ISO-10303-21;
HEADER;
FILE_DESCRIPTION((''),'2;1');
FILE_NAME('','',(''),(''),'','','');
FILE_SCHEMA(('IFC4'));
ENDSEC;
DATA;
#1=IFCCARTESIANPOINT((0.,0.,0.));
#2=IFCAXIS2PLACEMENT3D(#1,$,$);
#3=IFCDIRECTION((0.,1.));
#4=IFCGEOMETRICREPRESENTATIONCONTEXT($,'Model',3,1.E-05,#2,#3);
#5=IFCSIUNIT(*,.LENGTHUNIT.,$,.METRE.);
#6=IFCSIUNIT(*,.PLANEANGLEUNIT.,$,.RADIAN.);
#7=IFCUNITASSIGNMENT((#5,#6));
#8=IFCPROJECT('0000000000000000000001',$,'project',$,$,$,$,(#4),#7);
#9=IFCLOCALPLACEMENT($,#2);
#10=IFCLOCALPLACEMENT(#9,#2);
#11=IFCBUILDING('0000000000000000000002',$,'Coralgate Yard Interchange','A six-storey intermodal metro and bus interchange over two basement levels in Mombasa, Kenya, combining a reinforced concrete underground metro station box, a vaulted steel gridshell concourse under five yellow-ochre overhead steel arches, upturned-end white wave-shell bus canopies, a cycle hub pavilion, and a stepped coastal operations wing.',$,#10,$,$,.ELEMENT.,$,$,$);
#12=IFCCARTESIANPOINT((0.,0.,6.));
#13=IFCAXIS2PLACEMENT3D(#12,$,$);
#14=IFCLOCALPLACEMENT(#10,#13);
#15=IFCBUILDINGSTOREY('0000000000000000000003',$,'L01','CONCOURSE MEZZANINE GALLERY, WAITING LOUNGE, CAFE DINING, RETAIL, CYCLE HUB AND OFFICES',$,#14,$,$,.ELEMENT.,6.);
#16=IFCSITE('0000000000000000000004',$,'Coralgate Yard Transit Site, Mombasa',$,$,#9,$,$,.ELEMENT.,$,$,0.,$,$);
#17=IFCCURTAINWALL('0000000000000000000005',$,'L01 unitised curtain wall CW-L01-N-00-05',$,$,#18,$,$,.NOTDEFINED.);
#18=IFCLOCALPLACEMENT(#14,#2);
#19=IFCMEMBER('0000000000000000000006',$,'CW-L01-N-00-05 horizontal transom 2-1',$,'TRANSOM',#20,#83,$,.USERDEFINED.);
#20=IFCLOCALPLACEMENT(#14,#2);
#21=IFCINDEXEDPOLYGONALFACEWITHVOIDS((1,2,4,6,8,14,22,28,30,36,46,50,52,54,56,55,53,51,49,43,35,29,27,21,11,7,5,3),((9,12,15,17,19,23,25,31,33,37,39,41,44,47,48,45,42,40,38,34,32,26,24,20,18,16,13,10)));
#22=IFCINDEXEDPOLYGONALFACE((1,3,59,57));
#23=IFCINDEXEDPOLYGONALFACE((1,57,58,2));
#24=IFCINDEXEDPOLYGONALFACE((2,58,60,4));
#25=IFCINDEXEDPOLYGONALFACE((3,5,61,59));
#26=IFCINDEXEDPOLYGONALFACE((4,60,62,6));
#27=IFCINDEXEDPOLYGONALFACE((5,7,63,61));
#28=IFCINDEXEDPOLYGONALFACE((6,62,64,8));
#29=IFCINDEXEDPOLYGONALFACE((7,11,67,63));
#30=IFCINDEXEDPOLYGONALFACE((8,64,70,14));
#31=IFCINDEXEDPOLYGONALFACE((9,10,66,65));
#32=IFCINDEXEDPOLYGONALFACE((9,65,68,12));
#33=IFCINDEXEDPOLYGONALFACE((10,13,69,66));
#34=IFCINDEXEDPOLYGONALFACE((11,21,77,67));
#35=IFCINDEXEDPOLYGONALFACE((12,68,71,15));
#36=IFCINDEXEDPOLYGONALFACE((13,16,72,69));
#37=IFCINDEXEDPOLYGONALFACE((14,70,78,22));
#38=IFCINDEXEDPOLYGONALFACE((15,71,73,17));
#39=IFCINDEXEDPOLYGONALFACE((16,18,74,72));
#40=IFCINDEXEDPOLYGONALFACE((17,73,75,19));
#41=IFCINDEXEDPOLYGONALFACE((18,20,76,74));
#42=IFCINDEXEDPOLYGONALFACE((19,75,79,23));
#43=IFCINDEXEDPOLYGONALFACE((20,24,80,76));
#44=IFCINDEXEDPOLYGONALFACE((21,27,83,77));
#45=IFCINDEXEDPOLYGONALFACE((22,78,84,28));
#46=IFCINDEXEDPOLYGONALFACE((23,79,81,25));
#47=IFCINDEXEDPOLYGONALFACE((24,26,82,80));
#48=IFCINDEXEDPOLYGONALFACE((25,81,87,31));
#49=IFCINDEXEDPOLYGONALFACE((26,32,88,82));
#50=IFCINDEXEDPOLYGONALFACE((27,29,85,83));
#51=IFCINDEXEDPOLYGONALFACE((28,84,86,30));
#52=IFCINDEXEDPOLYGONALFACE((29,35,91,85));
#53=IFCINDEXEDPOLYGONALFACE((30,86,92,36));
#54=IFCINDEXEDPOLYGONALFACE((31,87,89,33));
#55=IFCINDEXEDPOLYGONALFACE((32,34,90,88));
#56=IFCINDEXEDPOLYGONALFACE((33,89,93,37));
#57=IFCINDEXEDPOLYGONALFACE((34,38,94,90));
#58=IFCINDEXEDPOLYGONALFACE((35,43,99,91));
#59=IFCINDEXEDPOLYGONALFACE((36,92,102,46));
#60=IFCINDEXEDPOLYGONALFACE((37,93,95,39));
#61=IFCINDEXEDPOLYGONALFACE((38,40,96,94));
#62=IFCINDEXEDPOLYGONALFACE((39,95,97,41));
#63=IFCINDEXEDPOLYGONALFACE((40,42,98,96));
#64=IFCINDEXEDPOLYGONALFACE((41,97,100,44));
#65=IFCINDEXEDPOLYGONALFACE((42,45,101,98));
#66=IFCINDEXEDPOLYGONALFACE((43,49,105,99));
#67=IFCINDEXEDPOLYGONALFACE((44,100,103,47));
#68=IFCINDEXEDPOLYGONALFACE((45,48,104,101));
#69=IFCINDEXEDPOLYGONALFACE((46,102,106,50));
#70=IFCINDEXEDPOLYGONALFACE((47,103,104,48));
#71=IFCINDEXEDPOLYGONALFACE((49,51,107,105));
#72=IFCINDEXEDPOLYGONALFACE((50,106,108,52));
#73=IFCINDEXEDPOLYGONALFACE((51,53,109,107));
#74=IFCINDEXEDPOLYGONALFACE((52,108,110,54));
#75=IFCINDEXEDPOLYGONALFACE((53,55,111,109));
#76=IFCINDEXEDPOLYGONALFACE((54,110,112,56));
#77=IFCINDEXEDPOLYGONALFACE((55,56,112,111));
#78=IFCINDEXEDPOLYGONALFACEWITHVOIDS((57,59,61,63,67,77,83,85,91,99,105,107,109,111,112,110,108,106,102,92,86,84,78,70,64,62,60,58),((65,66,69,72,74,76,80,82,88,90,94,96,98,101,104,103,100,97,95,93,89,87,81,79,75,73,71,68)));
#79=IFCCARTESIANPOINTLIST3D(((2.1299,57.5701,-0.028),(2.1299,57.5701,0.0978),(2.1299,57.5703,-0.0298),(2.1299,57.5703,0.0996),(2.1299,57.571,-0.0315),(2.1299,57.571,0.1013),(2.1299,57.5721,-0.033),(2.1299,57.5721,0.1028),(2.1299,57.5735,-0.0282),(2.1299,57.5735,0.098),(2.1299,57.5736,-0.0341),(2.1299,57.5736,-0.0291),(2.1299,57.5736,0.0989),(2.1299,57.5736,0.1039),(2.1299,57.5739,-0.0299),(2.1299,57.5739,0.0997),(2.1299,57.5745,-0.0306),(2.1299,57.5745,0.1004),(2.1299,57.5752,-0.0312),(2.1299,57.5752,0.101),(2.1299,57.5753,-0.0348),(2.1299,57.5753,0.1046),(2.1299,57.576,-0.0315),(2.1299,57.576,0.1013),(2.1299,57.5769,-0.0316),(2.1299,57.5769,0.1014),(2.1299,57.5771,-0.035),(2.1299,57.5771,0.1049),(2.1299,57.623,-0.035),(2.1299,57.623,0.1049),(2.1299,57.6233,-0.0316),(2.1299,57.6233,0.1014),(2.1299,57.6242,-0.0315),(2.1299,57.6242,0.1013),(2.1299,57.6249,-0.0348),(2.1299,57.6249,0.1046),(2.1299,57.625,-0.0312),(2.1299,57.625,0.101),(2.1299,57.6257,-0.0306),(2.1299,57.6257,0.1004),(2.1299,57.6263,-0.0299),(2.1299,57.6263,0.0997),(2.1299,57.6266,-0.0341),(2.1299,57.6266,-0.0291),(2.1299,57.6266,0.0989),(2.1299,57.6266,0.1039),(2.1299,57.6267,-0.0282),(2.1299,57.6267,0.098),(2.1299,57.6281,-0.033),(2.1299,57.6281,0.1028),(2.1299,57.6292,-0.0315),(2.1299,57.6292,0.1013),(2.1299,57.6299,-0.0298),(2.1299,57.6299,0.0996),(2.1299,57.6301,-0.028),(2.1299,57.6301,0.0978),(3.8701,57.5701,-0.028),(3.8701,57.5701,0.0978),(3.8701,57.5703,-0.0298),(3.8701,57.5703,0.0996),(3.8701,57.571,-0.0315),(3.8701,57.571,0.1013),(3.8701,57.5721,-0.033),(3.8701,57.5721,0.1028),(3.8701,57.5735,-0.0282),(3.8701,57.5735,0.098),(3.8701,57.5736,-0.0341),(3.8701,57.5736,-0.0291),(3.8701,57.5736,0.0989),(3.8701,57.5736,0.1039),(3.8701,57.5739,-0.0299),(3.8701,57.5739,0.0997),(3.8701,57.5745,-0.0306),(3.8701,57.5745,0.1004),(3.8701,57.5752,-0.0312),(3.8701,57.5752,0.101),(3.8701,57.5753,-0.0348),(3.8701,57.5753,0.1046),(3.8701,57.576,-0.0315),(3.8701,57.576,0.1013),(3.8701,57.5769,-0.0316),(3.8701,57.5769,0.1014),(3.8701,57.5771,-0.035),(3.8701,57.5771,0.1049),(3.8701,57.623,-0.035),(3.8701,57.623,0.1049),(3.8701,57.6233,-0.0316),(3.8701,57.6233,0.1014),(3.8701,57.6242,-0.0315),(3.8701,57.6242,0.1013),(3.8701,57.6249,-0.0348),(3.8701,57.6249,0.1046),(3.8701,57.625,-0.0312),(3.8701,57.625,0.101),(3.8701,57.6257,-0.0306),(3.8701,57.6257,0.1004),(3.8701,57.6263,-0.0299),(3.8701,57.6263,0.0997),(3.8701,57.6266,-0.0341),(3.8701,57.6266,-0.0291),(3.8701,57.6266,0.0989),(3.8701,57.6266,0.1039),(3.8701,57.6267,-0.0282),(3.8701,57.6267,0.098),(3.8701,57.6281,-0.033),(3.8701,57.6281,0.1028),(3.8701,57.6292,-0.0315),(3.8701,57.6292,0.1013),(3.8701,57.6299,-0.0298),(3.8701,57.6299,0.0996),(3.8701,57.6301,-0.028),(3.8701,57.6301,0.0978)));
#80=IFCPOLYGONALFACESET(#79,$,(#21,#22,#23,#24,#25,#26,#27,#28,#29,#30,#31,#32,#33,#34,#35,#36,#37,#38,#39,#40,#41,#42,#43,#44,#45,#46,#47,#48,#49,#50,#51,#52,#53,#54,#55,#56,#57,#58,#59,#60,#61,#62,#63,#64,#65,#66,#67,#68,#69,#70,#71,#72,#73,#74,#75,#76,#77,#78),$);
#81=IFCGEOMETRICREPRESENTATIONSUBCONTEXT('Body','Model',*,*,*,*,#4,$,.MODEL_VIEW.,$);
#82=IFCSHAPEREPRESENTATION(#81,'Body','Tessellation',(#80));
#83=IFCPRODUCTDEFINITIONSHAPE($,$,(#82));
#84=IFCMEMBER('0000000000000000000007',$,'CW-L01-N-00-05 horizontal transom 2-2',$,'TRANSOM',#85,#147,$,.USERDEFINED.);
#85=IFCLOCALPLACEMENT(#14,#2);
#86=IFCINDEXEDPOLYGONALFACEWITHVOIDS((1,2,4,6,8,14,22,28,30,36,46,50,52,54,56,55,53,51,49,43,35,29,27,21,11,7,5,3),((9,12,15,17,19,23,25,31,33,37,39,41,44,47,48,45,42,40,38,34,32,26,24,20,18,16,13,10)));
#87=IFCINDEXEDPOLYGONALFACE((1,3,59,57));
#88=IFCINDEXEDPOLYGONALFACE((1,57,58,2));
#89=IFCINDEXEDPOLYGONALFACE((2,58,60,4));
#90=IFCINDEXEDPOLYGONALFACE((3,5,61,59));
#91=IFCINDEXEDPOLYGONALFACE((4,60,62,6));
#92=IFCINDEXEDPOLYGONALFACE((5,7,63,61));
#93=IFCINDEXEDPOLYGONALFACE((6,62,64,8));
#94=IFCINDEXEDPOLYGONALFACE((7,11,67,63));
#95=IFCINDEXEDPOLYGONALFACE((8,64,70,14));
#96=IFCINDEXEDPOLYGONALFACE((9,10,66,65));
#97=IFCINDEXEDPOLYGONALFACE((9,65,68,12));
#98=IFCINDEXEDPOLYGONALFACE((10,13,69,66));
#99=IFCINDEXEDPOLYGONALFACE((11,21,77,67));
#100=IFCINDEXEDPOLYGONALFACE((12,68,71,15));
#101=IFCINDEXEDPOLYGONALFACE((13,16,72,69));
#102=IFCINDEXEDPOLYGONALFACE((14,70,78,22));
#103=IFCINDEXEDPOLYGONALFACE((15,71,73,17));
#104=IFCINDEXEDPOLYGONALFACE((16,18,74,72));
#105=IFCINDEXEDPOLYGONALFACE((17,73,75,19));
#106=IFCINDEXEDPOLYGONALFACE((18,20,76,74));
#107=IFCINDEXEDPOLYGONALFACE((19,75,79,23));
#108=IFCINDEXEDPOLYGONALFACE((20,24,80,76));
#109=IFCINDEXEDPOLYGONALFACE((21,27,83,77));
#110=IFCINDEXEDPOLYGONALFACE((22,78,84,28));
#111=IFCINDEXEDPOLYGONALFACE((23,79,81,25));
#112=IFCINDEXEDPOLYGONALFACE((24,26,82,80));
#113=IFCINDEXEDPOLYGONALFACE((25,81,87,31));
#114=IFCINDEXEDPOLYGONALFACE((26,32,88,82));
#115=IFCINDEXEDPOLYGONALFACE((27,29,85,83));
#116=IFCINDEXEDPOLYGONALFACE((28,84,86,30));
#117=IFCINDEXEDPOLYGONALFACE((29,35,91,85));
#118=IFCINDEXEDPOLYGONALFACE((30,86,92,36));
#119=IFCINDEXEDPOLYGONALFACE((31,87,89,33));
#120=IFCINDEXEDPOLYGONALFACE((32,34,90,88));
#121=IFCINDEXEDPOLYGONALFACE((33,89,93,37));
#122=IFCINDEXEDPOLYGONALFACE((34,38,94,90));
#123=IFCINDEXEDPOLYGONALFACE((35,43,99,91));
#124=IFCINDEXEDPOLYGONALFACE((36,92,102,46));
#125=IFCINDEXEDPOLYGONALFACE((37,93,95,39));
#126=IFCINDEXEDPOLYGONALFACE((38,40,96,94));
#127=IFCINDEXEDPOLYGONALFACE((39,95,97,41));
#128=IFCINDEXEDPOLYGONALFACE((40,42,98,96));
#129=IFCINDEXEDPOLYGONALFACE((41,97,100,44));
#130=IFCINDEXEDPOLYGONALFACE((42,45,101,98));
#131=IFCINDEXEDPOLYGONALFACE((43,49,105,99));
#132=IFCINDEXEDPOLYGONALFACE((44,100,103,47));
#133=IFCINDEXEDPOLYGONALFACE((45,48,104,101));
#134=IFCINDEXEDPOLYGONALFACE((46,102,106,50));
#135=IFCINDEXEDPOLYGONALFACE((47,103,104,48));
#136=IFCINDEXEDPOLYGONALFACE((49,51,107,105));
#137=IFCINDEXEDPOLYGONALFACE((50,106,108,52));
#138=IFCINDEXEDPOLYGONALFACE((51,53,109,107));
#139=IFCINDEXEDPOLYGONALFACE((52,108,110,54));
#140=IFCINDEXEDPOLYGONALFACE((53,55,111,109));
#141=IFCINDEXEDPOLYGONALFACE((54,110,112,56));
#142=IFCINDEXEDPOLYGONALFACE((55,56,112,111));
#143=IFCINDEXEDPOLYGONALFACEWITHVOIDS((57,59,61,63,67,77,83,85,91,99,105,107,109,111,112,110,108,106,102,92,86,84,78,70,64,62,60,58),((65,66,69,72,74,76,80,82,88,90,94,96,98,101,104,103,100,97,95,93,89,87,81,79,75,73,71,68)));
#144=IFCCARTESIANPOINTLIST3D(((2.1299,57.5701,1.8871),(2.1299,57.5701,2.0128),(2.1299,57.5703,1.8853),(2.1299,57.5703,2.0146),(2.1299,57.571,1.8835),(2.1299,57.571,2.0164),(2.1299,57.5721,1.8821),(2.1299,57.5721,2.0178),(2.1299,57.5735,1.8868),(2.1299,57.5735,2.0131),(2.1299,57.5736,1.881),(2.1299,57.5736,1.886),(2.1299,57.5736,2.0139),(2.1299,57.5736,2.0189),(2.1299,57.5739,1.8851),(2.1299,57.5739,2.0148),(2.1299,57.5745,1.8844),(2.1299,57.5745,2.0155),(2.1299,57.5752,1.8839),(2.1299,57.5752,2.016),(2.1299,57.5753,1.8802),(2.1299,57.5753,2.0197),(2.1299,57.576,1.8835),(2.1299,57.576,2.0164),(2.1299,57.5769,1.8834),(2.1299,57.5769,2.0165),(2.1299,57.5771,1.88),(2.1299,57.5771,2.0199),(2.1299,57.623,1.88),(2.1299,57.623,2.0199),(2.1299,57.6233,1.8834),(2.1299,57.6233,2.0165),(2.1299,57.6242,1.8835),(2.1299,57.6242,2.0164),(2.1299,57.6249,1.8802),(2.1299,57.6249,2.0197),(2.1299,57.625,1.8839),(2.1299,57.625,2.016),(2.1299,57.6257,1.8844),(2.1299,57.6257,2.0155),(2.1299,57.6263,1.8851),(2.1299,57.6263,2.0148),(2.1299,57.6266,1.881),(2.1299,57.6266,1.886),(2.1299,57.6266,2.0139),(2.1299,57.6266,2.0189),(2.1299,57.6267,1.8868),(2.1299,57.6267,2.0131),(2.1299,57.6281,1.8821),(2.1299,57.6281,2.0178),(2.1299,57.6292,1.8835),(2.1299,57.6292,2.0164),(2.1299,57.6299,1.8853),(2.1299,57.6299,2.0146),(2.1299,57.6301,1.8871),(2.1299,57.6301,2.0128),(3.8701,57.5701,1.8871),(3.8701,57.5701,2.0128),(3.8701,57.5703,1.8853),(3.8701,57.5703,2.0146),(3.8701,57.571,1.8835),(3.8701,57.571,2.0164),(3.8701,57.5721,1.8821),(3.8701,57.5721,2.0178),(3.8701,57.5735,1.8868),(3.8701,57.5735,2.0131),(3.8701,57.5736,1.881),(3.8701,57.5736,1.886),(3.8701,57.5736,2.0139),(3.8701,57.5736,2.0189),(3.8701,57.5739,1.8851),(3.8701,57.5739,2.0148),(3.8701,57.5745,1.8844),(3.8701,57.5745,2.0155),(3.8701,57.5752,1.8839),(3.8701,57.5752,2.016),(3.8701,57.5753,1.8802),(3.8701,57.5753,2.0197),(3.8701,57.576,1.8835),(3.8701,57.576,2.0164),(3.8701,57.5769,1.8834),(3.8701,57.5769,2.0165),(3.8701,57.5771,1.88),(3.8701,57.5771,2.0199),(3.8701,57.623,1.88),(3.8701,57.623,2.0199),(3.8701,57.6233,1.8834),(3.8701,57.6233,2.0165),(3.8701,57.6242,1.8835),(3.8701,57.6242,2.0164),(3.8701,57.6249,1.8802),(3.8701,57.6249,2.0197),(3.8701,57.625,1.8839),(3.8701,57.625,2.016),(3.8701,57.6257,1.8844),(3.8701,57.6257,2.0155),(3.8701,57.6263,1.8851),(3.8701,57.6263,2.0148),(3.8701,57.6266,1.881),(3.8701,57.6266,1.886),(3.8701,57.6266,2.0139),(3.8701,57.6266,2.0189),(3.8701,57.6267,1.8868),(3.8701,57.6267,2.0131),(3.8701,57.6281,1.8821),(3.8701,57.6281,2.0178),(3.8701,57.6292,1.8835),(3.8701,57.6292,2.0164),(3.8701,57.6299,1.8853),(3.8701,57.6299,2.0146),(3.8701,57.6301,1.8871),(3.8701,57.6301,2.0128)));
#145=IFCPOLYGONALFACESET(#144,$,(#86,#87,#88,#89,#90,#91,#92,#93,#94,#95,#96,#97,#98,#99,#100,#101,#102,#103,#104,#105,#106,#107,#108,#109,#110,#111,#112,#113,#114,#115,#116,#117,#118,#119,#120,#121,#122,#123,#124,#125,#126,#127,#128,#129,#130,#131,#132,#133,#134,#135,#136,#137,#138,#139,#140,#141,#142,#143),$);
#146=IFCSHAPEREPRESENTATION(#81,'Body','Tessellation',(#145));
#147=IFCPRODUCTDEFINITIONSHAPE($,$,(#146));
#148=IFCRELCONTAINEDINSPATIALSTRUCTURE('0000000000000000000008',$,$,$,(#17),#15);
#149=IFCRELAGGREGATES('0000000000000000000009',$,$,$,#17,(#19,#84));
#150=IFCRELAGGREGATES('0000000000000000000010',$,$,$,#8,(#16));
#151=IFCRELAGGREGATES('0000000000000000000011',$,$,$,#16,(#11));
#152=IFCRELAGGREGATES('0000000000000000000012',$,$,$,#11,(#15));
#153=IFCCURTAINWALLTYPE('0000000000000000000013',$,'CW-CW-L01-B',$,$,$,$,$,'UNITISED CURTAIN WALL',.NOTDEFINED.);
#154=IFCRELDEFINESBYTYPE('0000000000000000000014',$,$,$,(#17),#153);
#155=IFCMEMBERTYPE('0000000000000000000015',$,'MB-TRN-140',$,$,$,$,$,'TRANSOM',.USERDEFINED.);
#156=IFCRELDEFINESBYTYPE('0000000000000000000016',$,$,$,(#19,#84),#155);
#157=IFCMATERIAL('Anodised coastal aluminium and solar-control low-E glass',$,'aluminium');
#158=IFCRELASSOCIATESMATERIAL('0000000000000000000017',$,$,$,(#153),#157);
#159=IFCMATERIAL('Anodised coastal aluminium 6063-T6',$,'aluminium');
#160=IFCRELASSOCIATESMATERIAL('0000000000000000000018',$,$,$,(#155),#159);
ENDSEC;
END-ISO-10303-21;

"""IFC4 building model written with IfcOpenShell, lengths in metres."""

from ifc_helpers import new_model, si_unit, direction, frame, origin, origin_2d, place, context, subcontext, project, spatial, hollow_rectangle, extrude, material, material_profile, profile_set, type_object, element, aggregate, save


model = new_model("IFC4")

# Units and contexts
model_context = context("Model", 3, precision=1e-05, world=origin(), true_north=direction((0.0, 1.0)))
body_context = subcontext(model_context, "Body", "Model", "MODEL_VIEW")
ifc_project = project(units=[si_unit("LENGTHUNIT", "METRE"), si_unit("PLANEANGLEUNIT", "RADIAN")], contexts=[model_context])

# Site, building, storey
site_placement = place(None, origin())
site = spatial("IfcSite", under=ifc_project, at=site_placement, Name="Coralgate Yard Transit Site, Mombasa", CompositionType="ELEMENT", RefElevation=0.0)
building_placement = place(site_placement, origin())
building = spatial("IfcBuilding", under=site, at=building_placement, Name="Coralgate Yard Interchange", Description="A six-storey intermodal metro and bus interchange over two basement levels in Mombasa, Kenya, combining a reinforced concrete underground metro station box, a vaulted steel gridshell concourse under five yellow-ochre overhead steel arches, upturned-end white wave-shell bus canopies, a cycle hub pavilion, and a stepped coastal operations wing.", CompositionType="ELEMENT")
storey_placement = place(building_placement, frame((0.0, 0.0, 6.0)))
storey = spatial("IfcBuildingStorey", under=building, at=storey_placement, Name="L01", Description="CONCOURSE MEZZANINE GALLERY, WAITING LOUNGE, CAFE DINING, RETAIL, CYCLE HUB AND OFFICES", CompositionType="ELEMENT", Elevation=6.0)

# Curtain wall
ifc_material_1 = material(Name="Anodised coastal aluminium and solar-control low-E glass", Category="aluminium")
ifc_material_2 = material(Name="Anodised coastal aluminium 6063-T6", Category="aluminium")
curtain_wall_type_1 = type_object("IfcCurtainWallType", Name="CW-CW-L01-B", ElementType="UNITISED CURTAIN WALL", PredefinedType="NOTDEFINED", material=ifc_material_1)
curtain_wall_1_placement = place(storey_placement, origin())
curtain_wall_1 = element("IfcCurtainWall", 1, at=curtain_wall_1_placement, inside=storey, type_object=curtain_wall_type_1, Name="L01 unitised curtain wall CW-L01-N-00-05", PredefinedType="NOTDEFINED")

# Members
ifc_material_profile_1 = material_profile(ifc_material_2, hollow_rectangle(XDim=0.0601, YDim=0.1399, WallThickness=0.0034, InnerFilletRadius=0.0034, OuterFilletRadius=0.0071, at=origin_2d()), Name="ALU 60x140x3.5")
ifc_profile_set_1 = profile_set([ifc_material_profile_1], Name="Anodised coastal aluminium 6063-T6")
member_type_1 = type_object("IfcMemberType", Name="MB-TRN-140", ElementType="TRANSOM", PredefinedType="USERDEFINED", material=ifc_profile_set_1)
member_1_placement = place(storey_placement, frame((2.1299, 57.6001, 0.0349), z_axis=(1.0, 0.0, 0.0), x_axis=(0.0, 1.0, 0.0)))
member_1 = element("IfcMember", 2, at=member_1_placement, type_object=member_type_1, Name="CW-L01-N-00-05 horizontal transom 2-1", ObjectType="TRANSOM", PredefinedType="USERDEFINED", context=body_context, shape_type="SweptSolid", body=[
    extrude(hollow_rectangle(XDim=0.0601, YDim=0.1399, WallThickness=0.0034, InnerFilletRadius=0.0034, OuterFilletRadius=0.0071, at=origin_2d()), origin(), (0.0, 0.0, 1.0), 1.7402),
])
member_2_placement = place(storey_placement, frame((2.1299, 57.6001, 1.95), z_axis=(1.0, 0.0, 0.0), x_axis=(0.0, 1.0, 0.0)))
member_2 = element("IfcMember", 3, at=member_2_placement, type_object=member_type_1, Name="CW-L01-N-00-05 horizontal transom 2-2", ObjectType="TRANSOM", PredefinedType="USERDEFINED", context=body_context, shape_type="SweptSolid", body=[
    extrude(hollow_rectangle(XDim=0.0601, YDim=0.1399, WallThickness=0.0034, InnerFilletRadius=0.0034, OuterFilletRadius=0.0071, at=origin_2d()), origin(), (0.0, 0.0, 1.0), 1.7402),
])

aggregate(curtain_wall_1, [member_1, member_2])

save(model, "model.ifc")
